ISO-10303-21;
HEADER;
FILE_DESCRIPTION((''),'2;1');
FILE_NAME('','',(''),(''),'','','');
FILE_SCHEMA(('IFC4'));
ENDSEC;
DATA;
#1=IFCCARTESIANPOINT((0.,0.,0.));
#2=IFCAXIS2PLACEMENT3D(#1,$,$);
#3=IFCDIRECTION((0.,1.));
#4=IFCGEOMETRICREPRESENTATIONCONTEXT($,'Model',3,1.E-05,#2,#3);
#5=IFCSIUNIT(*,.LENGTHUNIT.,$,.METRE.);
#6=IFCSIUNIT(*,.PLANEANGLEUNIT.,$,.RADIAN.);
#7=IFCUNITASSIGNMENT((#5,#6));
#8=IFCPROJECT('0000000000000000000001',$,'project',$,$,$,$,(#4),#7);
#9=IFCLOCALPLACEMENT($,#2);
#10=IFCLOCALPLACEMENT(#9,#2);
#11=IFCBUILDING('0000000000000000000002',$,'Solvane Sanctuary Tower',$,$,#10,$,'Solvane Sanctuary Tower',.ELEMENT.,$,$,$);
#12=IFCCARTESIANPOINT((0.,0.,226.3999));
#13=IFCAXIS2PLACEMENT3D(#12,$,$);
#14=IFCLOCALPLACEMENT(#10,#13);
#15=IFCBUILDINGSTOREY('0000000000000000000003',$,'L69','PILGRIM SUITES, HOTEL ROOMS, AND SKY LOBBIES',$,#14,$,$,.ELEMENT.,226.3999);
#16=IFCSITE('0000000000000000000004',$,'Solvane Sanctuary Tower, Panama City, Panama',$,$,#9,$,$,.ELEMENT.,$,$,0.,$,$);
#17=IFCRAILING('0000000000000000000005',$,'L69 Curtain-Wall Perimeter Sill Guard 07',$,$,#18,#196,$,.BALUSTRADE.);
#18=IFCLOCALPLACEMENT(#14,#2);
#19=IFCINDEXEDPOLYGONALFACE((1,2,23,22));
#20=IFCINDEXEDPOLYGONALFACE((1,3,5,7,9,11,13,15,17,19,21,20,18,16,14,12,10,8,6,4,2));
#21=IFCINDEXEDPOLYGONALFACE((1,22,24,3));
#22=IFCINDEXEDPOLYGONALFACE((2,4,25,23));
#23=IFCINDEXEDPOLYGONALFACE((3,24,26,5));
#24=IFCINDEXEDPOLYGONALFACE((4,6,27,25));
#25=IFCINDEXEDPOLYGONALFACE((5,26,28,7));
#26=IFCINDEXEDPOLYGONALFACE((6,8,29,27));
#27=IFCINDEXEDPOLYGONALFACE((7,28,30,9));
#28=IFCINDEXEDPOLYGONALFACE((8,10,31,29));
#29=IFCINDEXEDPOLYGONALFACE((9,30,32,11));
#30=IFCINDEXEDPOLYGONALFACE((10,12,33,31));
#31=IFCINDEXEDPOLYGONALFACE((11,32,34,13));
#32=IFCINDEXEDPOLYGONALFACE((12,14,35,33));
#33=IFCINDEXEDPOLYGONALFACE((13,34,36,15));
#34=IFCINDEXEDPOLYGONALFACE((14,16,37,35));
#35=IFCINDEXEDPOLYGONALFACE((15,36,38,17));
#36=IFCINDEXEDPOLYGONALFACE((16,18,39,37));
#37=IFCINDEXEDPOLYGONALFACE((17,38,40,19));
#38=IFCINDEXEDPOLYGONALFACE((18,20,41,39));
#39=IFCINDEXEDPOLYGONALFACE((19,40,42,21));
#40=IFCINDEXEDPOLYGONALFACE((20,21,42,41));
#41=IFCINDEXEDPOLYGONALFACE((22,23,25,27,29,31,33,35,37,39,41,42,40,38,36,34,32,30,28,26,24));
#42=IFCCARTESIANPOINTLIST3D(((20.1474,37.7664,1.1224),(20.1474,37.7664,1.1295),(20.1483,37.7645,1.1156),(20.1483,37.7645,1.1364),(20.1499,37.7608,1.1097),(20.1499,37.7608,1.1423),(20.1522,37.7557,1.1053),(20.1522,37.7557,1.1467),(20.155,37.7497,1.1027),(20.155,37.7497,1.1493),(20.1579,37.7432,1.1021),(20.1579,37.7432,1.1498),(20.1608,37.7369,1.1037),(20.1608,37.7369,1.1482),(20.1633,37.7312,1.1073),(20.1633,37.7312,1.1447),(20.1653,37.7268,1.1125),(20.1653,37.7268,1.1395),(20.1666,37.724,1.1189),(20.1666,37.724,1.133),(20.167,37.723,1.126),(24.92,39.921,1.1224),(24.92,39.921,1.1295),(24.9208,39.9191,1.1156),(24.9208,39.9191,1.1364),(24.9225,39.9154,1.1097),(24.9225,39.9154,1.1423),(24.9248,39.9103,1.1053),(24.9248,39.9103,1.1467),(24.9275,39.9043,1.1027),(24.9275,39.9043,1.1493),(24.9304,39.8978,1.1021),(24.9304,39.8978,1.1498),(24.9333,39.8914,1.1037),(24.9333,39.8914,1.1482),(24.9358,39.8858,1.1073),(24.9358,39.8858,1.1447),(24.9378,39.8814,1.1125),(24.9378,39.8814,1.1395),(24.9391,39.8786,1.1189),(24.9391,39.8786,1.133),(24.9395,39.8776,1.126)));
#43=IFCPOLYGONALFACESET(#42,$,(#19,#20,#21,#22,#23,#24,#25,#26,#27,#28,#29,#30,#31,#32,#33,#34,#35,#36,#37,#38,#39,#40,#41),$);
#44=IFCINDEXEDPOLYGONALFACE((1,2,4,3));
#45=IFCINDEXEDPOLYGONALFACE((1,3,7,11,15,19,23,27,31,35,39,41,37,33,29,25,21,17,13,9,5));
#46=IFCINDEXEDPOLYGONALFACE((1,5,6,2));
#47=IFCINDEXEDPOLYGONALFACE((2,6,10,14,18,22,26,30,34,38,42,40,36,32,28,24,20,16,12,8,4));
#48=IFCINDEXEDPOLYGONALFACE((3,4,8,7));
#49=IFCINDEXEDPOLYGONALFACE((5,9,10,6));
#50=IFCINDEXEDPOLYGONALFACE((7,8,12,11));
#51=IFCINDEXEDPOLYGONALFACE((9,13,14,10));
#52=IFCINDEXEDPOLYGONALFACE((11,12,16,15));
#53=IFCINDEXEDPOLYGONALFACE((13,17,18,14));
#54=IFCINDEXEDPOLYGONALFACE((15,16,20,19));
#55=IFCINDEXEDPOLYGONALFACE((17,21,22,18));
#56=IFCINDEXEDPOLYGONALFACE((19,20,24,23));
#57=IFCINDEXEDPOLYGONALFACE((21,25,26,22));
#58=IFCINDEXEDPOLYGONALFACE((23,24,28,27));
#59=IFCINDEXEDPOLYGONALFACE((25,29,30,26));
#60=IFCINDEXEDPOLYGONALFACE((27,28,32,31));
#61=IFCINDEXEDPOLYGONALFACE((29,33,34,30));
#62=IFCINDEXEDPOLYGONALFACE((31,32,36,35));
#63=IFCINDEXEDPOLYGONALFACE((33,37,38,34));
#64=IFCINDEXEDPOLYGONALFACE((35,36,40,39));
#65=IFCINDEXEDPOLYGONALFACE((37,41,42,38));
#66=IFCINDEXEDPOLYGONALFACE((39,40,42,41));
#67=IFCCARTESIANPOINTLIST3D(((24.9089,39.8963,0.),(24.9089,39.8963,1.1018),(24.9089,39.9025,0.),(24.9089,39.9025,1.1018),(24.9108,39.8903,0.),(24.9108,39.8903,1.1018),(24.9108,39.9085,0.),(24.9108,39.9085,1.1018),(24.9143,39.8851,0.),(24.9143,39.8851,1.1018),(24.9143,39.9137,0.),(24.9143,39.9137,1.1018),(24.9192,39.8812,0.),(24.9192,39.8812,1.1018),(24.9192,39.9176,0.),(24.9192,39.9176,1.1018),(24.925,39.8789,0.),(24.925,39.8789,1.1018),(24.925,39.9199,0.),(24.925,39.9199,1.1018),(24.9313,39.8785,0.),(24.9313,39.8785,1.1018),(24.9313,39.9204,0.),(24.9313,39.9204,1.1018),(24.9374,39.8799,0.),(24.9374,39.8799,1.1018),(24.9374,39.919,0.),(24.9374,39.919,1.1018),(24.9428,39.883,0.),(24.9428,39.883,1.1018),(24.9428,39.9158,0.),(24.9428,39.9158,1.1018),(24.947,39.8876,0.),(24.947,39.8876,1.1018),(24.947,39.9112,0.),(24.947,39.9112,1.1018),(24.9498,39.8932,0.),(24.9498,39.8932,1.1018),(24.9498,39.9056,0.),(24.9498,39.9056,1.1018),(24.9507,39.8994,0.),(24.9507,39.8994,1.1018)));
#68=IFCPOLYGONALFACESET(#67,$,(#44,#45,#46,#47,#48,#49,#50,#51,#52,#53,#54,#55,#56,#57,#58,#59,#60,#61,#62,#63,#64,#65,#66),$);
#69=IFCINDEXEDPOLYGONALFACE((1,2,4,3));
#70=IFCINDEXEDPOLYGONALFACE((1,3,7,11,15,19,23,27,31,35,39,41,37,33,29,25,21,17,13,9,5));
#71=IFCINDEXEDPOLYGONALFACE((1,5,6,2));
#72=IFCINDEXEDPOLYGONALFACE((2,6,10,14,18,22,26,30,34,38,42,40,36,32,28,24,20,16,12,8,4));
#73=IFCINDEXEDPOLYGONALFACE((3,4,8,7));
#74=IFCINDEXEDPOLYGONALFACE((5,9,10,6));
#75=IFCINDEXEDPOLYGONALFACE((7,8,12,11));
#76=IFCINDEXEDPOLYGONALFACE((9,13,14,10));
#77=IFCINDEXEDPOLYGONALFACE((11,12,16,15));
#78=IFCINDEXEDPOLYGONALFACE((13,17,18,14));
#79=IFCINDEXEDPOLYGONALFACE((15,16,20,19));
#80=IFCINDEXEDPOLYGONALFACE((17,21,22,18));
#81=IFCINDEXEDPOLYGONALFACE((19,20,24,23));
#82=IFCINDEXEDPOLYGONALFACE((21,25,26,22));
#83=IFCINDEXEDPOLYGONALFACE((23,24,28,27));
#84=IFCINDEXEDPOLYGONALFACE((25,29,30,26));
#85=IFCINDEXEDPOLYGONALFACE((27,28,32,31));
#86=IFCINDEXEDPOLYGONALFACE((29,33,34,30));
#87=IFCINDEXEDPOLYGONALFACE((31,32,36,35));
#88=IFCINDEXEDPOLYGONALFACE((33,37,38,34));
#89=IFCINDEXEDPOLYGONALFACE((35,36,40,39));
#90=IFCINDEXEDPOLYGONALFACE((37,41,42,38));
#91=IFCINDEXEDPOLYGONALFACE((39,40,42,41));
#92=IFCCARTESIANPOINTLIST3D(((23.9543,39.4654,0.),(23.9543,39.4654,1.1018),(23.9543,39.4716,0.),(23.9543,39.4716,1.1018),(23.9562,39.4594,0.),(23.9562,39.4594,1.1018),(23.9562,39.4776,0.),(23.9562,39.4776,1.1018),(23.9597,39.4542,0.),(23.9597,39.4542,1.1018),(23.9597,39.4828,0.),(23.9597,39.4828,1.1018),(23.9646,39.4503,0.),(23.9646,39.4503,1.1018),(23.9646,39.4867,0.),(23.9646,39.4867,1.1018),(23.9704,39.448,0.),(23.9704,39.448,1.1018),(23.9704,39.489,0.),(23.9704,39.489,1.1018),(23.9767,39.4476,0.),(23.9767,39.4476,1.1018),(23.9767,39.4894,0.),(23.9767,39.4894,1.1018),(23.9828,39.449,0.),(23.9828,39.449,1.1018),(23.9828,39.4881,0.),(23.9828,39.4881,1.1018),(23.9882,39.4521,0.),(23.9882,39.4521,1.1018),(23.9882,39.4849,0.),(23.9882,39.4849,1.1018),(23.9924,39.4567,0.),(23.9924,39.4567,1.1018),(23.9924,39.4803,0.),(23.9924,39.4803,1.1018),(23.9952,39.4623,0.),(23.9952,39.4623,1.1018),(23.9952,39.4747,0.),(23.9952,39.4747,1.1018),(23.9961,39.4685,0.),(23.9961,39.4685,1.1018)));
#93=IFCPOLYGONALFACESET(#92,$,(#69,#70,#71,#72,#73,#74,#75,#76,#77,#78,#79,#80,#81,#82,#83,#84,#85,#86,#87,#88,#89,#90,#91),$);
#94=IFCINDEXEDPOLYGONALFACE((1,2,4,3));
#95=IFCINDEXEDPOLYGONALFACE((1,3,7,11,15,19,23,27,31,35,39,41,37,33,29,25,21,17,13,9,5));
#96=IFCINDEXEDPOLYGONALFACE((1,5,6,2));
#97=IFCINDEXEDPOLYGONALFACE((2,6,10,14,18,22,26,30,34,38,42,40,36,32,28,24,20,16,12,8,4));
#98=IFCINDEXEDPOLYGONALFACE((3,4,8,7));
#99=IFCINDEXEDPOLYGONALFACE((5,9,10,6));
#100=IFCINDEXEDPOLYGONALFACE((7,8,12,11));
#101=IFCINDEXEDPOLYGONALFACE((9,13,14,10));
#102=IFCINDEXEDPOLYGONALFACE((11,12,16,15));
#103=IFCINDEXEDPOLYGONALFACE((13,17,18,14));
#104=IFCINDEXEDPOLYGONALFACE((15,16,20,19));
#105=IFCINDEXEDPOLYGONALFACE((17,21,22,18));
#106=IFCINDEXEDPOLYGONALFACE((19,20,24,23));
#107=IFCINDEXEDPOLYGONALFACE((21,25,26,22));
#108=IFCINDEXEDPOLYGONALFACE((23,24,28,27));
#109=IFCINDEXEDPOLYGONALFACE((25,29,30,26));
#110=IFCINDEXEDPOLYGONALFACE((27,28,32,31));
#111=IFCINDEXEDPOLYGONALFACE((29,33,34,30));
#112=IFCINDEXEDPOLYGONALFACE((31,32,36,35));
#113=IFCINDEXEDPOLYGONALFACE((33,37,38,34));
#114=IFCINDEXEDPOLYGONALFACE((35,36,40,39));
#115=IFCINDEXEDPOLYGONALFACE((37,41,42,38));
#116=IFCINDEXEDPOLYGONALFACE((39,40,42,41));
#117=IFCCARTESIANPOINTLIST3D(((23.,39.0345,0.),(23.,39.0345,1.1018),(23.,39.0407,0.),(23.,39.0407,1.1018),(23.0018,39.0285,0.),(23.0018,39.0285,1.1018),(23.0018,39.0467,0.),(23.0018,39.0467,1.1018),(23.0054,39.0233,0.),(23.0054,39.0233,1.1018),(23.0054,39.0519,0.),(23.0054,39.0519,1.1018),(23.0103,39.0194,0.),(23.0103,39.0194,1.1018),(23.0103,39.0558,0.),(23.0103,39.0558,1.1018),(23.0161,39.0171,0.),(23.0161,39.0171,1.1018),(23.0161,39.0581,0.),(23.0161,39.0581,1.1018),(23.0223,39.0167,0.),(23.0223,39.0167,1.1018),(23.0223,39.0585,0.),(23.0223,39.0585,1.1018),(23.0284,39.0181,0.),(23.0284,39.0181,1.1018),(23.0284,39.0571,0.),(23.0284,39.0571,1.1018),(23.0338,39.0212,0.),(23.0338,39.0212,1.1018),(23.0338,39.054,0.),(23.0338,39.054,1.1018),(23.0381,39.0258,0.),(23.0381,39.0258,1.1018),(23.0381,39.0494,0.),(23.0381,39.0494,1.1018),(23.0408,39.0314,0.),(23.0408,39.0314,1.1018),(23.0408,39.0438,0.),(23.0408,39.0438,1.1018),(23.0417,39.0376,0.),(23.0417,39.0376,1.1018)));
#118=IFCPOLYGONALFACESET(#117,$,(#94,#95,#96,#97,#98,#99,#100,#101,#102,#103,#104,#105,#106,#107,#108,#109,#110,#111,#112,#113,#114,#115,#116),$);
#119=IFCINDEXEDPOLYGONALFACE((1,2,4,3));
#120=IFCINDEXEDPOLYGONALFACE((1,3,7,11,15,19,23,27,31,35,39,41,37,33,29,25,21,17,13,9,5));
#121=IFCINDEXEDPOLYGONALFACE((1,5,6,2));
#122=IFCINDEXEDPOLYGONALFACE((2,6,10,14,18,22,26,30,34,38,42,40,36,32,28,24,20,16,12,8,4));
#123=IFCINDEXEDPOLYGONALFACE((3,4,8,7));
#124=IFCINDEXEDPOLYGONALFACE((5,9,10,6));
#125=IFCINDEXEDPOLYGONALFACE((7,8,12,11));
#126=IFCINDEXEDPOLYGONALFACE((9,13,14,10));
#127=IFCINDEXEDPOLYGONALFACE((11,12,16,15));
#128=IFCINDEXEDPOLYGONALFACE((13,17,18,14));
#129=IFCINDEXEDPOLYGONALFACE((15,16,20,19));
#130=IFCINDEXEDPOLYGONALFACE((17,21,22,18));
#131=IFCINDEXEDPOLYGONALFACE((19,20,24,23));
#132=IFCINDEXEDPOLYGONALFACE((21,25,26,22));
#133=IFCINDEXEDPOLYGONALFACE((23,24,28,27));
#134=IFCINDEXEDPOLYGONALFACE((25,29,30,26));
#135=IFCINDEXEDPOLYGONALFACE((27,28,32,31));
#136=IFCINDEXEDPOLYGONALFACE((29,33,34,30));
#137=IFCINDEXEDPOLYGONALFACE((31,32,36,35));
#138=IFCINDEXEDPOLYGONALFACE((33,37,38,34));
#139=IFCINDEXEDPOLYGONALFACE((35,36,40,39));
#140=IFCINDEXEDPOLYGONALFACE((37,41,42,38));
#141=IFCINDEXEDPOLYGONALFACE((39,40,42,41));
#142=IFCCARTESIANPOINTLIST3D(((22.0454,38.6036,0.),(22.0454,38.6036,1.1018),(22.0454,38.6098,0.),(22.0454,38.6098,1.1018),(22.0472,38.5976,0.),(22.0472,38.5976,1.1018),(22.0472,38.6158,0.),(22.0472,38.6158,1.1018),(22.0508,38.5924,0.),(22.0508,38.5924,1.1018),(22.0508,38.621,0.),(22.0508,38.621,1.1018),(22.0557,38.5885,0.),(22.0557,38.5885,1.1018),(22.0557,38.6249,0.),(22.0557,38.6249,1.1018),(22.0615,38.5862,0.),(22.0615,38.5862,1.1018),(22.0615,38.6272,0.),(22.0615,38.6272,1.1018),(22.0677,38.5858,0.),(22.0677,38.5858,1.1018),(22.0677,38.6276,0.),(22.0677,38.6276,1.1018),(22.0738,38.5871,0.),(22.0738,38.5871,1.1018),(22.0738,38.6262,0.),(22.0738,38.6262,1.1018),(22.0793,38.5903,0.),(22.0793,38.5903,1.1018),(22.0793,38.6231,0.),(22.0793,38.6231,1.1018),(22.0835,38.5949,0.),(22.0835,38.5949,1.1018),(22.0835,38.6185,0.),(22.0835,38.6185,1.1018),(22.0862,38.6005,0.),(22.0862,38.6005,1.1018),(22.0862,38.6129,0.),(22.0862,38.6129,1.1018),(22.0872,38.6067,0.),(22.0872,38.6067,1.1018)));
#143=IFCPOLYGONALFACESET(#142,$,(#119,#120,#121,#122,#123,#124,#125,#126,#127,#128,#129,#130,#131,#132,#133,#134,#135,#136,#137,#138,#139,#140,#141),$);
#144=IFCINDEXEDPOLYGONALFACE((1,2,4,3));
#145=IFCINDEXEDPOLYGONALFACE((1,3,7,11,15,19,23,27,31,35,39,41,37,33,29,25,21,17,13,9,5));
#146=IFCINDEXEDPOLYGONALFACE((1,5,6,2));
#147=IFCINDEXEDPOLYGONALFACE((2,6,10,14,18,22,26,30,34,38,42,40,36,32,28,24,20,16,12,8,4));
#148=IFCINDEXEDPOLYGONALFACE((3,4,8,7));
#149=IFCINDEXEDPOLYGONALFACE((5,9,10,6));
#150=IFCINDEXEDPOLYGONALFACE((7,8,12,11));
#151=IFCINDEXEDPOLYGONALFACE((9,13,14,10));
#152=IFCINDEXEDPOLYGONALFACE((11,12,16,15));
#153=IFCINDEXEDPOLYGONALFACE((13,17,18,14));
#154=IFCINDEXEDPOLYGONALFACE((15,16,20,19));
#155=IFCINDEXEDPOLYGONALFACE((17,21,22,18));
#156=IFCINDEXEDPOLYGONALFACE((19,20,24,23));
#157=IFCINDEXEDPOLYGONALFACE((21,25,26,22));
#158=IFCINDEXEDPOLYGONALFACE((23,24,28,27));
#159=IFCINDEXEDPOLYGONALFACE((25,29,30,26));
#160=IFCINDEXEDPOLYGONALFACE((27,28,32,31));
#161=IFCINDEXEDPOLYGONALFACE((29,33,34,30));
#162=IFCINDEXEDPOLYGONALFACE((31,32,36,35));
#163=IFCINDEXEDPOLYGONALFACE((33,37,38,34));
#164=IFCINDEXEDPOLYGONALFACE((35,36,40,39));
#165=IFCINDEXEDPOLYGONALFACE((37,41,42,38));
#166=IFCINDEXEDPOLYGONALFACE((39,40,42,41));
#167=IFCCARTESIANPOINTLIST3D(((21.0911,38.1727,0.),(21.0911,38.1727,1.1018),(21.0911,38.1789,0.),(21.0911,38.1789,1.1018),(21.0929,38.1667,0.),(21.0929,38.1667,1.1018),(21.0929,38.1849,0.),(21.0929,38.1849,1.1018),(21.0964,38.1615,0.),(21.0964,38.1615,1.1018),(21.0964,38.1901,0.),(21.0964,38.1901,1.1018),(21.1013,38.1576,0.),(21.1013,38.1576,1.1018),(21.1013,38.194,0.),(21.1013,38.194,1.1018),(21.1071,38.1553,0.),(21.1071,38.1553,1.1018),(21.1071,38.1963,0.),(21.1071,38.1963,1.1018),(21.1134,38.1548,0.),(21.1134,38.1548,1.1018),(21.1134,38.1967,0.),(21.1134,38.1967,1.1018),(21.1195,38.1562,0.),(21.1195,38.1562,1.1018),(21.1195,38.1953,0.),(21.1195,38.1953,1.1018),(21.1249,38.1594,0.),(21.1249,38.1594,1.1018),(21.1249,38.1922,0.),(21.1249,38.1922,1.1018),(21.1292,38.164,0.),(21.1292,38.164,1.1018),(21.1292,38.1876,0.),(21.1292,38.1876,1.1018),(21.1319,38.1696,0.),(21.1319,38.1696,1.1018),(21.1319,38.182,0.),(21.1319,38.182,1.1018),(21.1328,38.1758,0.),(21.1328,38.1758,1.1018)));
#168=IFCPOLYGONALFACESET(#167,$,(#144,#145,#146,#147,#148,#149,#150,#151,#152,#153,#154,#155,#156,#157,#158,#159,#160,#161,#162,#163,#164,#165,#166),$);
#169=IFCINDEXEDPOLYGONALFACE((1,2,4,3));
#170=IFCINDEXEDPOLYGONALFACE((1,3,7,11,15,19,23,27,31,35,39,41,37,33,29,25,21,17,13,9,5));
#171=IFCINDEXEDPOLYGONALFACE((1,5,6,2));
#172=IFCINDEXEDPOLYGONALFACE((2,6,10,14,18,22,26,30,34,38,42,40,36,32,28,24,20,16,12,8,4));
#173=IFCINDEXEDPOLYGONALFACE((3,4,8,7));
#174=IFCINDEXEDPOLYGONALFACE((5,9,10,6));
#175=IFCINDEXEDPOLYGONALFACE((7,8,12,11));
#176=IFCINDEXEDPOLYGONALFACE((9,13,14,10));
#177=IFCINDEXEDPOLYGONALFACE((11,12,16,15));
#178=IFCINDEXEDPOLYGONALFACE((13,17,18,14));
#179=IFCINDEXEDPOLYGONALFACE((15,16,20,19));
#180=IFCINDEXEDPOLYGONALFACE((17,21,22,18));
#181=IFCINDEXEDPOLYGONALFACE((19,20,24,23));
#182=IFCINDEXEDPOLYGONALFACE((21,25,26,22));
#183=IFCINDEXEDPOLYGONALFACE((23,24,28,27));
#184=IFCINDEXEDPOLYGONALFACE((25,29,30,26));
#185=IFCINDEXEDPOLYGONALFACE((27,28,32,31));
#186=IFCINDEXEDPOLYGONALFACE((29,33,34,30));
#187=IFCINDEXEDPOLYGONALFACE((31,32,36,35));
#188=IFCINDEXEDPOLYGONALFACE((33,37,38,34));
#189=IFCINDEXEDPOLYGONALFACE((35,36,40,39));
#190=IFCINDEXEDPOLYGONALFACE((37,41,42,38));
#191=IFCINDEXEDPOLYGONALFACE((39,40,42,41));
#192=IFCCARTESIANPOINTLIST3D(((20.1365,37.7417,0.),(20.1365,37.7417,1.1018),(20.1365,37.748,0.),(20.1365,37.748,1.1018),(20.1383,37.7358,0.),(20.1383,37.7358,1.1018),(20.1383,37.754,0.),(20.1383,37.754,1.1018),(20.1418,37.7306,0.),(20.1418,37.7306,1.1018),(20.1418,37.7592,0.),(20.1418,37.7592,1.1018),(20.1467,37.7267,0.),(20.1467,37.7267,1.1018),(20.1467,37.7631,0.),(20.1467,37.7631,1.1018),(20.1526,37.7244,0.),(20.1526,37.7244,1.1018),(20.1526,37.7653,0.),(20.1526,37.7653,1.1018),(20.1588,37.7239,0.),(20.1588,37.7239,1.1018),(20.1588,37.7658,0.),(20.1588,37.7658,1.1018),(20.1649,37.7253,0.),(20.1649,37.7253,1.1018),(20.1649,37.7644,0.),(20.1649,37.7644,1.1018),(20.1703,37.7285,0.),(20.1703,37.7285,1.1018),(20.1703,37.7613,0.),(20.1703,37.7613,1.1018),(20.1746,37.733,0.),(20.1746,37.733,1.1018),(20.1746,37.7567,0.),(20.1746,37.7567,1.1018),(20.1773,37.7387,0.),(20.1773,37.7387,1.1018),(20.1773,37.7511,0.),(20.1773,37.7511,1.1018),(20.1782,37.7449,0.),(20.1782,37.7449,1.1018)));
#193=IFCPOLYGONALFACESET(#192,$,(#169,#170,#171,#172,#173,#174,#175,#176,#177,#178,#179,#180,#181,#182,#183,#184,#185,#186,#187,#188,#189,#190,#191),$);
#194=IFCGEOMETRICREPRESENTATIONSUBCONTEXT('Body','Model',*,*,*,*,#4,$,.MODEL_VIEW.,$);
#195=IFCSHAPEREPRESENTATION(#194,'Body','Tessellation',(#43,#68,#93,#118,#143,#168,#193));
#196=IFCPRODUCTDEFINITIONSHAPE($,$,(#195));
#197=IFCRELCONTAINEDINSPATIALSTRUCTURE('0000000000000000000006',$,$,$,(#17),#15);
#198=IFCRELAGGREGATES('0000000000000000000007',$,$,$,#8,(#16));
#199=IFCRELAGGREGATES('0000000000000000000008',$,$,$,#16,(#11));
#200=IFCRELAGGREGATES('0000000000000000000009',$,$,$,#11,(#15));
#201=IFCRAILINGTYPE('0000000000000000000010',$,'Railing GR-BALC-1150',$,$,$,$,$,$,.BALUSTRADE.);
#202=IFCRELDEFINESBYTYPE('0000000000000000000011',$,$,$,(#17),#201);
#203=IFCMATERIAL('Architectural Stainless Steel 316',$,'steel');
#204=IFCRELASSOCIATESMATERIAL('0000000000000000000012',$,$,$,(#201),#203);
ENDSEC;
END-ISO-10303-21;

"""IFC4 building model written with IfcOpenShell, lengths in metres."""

from ifc_helpers import new_model, si_unit, direction, frame, origin, origin_2d, place, context, subcontext, project, spatial, circle, extrude, material, type_object, element, save


model = new_model("IFC4")

# Units and contexts
model_context = context("Model", 3, precision=1e-05, world=origin(), true_north=direction((0.0, 1.0)))
body_context = subcontext(model_context, "Body", "Model", "MODEL_VIEW")
ifc_project = project(units=[si_unit("LENGTHUNIT", "METRE"), si_unit("PLANEANGLEUNIT", "RADIAN")], contexts=[model_context])

# Site, building, storey
site_placement = place(None, origin())
site = spatial("IfcSite", under=ifc_project, at=site_placement, Name="Solvane Sanctuary Tower, Panama City, Panama", CompositionType="ELEMENT", RefElevation=0.0)
building_placement = place(site_placement, origin())
building = spatial("IfcBuilding", under=site, at=building_placement, Name="Solvane Sanctuary Tower", LongName="Solvane Sanctuary Tower", CompositionType="ELEMENT")
storey_placement = place(building_placement, frame((0.0, 0.0, 226.3999)))
storey = spatial("IfcBuildingStorey", under=building, at=storey_placement, Name="L69", Description="PILGRIM SUITES, HOTEL ROOMS, AND SKY LOBBIES", CompositionType="ELEMENT", Elevation=226.3999)

# Railing
ifc_material_1 = material(Name="Architectural Stainless Steel 316", Category="steel")
railing_type = type_object("IfcRailingType", Name="Railing GR-BALC-1150", PredefinedType="BALUSTRADE", material=ifc_material_1)
railing_placement = place(storey_placement, frame((24.9297, 39.8994, 0.0)))
element("IfcRailing", 1, at=railing_placement, inside=storey, type_object=railing_type, Name="L69 Curtain-Wall Perimeter Sill Guard 07", PredefinedType="BALUSTRADE", context=body_context, shape_type="SweptSolid", body=[
    extrude(circle(Radius=0.0239, at=origin_2d()), frame((0.0, 0.0, 1.126), z_axis=(-0.911425, -0.411466, 0.0), x_axis=(0.411466, -0.911425, 0.0)), (0.0, 0.0, 1.0), 5.2363),
    extrude(circle(Radius=0.021, at=origin_2d()), origin(), (0.0, 0.0, 1.0), 1.1018),
    extrude(circle(Radius=0.021, at=origin_2d()), frame((-0.9546, -0.4309, 0.0)), (0.0, 0.0, 1.0), 1.1018),
    extrude(circle(Radius=0.021, at=origin_2d()), frame((-1.9089, -0.8618, 0.0)), (0.0, 0.0, 1.0), 1.1018),
    extrude(circle(Radius=0.021, at=origin_2d()), frame((-2.8635, -1.2927, 0.0)), (0.0, 0.0, 1.0), 1.1018),
    extrude(circle(Radius=0.021, at=origin_2d()), frame((-3.8179, -1.7236, 0.0)), (0.0, 0.0, 1.0), 1.1018),
    extrude(circle(Radius=0.021, at=origin_2d()), frame((-4.7725, -2.1545, 0.0)), (0.0, 0.0, 1.0), 1.1018),
])

save(model, "model.ifc")
